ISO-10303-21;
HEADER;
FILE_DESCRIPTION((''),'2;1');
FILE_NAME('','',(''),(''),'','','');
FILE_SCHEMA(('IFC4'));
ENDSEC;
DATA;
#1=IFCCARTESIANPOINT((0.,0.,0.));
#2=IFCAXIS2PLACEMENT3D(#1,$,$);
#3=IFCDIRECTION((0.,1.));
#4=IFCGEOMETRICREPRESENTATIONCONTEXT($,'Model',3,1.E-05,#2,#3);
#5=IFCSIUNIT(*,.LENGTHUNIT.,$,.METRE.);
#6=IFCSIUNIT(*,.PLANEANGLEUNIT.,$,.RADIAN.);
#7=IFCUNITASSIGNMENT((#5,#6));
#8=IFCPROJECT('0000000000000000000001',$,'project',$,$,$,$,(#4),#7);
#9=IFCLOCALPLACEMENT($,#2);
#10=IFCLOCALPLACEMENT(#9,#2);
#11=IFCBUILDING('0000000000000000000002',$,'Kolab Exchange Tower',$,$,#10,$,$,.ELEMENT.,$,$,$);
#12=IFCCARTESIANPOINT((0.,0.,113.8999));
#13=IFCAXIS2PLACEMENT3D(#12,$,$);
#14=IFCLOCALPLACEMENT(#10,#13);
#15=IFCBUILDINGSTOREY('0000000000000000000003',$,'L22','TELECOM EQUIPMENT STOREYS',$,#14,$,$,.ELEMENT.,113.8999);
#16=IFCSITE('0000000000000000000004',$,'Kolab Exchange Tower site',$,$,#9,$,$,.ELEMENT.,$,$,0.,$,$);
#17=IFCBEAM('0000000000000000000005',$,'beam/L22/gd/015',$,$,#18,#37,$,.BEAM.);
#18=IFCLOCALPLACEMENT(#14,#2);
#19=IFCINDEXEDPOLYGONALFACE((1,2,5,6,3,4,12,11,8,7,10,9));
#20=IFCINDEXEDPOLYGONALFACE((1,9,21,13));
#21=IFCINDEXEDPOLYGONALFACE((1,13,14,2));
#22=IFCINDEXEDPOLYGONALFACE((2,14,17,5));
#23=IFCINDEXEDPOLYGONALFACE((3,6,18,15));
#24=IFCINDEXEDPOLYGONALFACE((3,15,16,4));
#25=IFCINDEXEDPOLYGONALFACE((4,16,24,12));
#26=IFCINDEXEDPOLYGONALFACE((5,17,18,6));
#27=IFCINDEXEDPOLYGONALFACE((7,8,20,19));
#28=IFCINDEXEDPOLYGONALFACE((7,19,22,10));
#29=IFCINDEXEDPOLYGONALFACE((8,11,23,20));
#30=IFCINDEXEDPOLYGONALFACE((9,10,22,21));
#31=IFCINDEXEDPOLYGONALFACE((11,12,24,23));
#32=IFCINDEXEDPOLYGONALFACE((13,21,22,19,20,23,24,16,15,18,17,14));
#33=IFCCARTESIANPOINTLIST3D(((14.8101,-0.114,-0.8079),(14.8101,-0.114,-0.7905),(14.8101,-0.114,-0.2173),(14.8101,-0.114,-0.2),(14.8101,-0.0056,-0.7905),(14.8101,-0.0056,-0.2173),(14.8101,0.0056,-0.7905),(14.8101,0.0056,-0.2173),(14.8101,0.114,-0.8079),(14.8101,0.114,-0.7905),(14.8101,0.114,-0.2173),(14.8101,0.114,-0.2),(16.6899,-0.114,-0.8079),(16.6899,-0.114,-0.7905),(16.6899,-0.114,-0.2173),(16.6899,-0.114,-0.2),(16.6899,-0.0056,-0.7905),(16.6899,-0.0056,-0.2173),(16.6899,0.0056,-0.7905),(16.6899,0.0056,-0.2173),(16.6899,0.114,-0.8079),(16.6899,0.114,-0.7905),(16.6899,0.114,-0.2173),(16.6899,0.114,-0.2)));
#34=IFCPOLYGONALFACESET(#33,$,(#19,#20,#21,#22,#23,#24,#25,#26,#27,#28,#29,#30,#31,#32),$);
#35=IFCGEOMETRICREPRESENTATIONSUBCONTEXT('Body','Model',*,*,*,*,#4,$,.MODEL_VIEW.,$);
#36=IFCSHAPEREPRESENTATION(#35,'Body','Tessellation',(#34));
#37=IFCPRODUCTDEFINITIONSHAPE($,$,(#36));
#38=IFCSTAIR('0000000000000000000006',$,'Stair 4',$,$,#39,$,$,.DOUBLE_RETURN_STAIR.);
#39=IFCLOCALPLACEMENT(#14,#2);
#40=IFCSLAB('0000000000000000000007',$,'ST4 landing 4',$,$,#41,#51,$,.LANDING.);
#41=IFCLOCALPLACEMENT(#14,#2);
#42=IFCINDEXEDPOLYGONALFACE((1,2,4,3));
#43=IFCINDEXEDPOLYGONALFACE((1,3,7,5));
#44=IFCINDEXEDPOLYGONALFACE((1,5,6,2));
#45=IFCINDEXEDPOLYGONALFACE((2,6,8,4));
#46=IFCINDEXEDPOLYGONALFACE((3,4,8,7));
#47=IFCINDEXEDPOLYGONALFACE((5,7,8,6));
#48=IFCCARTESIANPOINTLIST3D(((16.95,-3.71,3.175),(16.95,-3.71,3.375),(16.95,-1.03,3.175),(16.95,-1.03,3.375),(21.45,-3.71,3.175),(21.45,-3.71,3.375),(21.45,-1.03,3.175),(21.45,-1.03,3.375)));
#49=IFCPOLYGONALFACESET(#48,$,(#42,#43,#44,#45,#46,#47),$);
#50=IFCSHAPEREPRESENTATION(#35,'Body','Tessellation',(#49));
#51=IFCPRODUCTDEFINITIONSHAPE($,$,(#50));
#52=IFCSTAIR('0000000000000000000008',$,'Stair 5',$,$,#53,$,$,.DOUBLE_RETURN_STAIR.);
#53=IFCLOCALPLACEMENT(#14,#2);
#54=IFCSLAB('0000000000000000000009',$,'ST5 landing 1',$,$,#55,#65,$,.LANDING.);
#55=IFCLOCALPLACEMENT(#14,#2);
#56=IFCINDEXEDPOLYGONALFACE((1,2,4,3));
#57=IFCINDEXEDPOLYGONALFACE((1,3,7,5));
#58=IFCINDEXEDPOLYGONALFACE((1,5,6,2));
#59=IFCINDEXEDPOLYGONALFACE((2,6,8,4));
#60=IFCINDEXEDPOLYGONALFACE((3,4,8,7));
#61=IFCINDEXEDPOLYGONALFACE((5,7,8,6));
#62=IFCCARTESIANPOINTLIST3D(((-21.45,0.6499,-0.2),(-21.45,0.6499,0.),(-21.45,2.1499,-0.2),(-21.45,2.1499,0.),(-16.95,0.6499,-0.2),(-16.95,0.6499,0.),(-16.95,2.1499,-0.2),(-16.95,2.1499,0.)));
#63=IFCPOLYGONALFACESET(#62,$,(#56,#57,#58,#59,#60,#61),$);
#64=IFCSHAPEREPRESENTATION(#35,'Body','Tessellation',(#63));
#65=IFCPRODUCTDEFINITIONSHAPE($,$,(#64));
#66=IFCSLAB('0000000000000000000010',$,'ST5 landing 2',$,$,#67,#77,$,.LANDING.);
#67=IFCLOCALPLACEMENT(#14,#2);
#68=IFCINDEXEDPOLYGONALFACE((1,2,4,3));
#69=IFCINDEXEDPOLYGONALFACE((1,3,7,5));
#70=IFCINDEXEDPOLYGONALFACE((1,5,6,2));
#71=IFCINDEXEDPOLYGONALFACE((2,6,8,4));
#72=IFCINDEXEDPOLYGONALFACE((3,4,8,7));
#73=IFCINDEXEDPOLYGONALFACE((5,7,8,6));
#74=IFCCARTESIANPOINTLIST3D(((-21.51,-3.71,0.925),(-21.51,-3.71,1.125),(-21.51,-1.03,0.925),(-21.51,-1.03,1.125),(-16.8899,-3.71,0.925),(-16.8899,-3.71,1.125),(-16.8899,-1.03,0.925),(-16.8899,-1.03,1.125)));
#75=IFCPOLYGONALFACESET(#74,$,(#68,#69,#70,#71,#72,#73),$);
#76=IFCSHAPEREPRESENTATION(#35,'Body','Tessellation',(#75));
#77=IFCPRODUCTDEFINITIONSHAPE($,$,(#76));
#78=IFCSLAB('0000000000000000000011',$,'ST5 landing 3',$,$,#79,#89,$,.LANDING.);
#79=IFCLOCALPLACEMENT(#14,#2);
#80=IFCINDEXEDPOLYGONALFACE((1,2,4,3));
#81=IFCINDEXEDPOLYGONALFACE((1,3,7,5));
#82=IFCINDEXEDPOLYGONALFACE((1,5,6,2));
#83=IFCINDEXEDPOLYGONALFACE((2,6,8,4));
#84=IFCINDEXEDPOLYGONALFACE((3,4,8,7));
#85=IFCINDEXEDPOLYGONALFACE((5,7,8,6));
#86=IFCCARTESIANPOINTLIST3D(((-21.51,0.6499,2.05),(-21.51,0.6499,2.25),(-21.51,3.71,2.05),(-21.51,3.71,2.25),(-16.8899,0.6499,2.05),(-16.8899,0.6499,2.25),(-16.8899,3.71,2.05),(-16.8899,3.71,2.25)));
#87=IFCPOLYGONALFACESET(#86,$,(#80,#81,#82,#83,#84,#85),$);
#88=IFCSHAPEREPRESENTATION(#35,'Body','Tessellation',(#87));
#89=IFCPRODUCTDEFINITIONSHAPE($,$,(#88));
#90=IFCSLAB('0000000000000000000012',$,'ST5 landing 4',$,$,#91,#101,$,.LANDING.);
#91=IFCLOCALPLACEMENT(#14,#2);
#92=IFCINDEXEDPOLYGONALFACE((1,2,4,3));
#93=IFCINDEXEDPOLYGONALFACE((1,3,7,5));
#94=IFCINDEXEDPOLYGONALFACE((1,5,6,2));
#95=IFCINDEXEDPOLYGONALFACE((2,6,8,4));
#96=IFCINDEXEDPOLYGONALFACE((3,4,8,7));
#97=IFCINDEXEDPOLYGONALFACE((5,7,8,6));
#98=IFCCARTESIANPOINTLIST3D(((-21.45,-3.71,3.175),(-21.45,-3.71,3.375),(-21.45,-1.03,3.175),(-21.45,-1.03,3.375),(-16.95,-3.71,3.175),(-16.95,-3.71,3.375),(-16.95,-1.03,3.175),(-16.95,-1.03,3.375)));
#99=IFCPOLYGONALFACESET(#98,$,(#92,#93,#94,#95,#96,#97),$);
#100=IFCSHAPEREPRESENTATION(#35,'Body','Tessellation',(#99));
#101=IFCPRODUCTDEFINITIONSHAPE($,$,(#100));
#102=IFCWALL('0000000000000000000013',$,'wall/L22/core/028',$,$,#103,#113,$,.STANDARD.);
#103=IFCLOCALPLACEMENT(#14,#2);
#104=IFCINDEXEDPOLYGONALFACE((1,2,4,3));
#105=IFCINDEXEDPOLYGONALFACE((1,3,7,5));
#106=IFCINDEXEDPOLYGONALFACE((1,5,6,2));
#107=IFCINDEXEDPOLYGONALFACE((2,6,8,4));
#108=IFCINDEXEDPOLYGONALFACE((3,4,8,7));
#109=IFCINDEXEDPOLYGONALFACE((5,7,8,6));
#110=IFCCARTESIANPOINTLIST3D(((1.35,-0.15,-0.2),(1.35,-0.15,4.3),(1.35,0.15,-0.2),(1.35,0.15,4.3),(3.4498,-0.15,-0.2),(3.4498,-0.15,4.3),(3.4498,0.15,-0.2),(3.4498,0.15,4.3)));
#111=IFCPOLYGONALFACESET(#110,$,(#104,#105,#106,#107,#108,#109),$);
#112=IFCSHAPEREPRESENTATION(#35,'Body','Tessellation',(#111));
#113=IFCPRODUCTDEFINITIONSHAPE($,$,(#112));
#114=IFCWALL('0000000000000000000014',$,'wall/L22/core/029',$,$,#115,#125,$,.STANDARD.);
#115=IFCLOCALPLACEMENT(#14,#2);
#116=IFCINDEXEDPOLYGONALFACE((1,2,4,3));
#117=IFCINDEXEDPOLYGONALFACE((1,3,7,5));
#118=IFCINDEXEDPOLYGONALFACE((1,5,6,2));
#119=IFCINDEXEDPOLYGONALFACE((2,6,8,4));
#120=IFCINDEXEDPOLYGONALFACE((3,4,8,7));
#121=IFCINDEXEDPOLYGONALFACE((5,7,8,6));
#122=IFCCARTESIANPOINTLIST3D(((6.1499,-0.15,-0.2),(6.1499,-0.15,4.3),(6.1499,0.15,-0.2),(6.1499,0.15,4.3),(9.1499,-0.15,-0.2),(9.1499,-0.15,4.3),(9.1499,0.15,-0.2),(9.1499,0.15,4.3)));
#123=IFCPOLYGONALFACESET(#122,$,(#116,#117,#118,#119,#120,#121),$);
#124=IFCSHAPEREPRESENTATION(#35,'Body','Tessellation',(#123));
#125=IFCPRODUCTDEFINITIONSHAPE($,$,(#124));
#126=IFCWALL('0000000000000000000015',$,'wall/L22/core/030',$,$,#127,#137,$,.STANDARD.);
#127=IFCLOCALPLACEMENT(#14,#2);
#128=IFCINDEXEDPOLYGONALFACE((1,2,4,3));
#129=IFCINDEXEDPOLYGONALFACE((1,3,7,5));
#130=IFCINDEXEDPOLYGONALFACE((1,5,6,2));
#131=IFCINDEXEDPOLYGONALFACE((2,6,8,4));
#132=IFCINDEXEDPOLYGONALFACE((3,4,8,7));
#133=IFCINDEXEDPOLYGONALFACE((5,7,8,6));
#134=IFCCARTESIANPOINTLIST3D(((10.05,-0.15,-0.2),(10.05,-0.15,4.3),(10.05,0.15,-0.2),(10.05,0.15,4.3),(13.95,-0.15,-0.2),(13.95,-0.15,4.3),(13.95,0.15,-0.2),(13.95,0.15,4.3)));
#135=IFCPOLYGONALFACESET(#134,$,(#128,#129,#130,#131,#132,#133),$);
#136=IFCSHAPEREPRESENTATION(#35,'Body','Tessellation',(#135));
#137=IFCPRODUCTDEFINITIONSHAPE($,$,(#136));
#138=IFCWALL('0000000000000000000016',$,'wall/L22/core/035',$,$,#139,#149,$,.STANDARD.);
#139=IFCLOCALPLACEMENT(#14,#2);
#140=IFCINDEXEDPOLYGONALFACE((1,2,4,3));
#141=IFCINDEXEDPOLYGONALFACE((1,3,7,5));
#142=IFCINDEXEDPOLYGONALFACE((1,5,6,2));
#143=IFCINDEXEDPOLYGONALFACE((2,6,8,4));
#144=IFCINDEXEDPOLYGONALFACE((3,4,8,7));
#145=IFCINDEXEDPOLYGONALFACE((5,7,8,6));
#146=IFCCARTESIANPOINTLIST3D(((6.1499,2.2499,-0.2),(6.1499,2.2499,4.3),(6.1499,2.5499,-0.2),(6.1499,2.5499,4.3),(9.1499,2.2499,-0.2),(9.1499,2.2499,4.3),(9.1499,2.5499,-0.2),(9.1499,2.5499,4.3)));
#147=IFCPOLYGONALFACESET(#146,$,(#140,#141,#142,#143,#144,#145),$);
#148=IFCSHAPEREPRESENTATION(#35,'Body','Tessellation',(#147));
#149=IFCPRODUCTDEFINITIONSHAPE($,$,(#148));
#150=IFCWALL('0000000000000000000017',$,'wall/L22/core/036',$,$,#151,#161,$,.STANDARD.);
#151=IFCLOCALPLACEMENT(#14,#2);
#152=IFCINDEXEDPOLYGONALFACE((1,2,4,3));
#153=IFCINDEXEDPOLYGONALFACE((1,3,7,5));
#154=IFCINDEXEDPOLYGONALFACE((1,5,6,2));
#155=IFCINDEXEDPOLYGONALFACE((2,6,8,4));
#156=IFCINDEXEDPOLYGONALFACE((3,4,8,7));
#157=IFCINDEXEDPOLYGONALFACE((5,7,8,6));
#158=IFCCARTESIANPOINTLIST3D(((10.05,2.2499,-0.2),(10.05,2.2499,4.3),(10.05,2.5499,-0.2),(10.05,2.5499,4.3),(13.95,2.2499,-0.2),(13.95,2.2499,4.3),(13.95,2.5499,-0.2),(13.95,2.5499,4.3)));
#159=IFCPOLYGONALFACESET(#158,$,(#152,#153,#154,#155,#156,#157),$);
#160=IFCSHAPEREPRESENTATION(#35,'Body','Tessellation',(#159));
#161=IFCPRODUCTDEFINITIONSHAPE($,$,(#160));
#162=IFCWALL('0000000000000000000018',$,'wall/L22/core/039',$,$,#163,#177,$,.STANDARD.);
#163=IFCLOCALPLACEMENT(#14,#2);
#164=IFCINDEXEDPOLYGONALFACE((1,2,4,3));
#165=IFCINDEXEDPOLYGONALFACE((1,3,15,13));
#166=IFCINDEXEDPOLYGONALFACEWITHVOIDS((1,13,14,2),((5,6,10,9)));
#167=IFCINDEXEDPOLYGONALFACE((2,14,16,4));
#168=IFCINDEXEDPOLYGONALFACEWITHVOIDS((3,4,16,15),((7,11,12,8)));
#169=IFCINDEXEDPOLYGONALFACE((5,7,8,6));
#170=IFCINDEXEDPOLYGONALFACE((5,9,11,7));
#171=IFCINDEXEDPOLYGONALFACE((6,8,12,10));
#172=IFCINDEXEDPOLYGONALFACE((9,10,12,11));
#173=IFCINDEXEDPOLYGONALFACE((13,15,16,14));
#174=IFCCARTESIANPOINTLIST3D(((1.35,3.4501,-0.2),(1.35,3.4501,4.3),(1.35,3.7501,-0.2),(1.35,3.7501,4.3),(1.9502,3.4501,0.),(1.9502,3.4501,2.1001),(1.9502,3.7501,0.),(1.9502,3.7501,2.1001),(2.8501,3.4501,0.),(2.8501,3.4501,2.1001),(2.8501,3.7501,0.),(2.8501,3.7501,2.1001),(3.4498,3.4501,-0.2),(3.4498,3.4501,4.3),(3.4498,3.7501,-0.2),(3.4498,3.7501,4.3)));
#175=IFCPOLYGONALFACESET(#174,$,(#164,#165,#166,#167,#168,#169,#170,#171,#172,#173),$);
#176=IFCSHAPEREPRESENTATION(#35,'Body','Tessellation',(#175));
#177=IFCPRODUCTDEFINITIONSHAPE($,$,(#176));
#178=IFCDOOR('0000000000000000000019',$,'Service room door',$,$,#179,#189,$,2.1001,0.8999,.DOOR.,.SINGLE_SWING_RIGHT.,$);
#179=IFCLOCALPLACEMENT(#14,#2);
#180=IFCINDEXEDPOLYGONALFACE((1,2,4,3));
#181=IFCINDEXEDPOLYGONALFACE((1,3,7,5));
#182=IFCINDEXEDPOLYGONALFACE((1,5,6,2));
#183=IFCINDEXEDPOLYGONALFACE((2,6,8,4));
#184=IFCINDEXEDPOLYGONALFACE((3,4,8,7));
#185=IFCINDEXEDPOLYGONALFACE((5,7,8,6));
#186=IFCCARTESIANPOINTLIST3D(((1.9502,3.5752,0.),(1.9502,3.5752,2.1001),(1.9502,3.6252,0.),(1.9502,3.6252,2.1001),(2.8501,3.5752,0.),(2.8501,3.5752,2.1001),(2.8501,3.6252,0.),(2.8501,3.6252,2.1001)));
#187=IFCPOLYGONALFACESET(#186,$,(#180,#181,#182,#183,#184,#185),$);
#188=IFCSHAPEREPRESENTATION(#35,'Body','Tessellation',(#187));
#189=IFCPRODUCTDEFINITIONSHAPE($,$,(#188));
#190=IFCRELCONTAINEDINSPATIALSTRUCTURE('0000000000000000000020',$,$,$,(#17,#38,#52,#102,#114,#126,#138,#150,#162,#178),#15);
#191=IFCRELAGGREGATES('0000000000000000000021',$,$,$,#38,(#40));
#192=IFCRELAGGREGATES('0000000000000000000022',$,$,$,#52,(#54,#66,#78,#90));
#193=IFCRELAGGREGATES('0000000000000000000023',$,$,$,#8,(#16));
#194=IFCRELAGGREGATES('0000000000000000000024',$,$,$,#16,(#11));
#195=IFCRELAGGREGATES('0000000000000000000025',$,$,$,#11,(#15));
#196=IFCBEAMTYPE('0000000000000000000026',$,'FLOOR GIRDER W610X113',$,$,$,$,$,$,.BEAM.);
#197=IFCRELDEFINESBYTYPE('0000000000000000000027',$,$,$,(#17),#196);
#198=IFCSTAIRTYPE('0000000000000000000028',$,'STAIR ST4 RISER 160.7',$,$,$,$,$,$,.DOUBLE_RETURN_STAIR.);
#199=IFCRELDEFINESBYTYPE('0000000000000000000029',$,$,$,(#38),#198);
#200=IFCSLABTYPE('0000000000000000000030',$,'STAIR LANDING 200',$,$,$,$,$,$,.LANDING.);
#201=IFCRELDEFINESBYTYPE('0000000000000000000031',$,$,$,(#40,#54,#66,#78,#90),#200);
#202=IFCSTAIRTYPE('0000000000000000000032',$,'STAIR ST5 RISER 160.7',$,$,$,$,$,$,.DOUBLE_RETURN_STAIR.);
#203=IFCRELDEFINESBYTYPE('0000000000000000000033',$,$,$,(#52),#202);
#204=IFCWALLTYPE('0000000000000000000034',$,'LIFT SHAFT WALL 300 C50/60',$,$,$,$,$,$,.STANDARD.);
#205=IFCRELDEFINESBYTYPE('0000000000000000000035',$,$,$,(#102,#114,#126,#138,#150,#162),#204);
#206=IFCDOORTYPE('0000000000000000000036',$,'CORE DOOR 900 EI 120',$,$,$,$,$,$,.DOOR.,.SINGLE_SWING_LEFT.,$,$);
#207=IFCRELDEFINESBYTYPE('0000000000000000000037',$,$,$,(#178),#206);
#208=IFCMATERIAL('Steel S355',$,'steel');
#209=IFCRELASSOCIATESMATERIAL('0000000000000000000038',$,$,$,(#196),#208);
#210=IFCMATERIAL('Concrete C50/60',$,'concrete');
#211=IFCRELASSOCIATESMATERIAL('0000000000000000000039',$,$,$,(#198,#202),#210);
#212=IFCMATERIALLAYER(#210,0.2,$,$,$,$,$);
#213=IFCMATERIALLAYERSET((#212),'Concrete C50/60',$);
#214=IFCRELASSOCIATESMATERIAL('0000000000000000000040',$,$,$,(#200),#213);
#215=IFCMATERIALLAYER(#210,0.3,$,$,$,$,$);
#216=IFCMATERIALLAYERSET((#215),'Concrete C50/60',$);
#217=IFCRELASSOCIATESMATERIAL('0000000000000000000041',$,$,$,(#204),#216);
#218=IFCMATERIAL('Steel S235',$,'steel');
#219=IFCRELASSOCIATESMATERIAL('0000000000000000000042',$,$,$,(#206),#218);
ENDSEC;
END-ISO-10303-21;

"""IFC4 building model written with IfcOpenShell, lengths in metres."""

from ifc_helpers import new_model, si_unit, direction, frame, frame_2d, origin, origin_2d, place, context, subcontext, project, spatial, polyline, rectangle, i_section, outline, extrude, material, layer, layer_set, material_profile, profile_set, type_object, element, fill, aggregate, save


model = new_model("IFC4")

# Units and contexts
model_context = context("Model", 3, precision=1e-05, world=origin(), true_north=direction((0.0, 1.0)))
body_context = subcontext(model_context, "Body", "Model", "MODEL_VIEW")
ifc_project = project(units=[si_unit("LENGTHUNIT", "METRE"), si_unit("PLANEANGLEUNIT", "RADIAN")], contexts=[model_context])

# Site, building, storey
site_placement = place(None, origin())
site = spatial("IfcSite", under=ifc_project, at=site_placement, Name="Kolab Exchange Tower site", CompositionType="ELEMENT", RefElevation=0.0)
building_placement = place(site_placement, origin())
building = spatial("IfcBuilding", under=site, at=building_placement, Name="Kolab Exchange Tower", CompositionType="ELEMENT")
storey_placement = place(building_placement, frame((0.0, 0.0, 113.8999)))
storey = spatial("IfcBuildingStorey", under=building, at=storey_placement, Name="L22", Description="TELECOM EQUIPMENT STOREYS", CompositionType="ELEMENT", Elevation=113.8999)

# Beam
ifc_material_1 = material(Name="Steel S355", Category="steel")
ifc_material_profile = material_profile(ifc_material_1, i_section(OverallWidth=0.228, OverallDepth=0.6079, WebThickness=0.0112, FlangeThickness=0.0173, at=origin_2d()), Name="W610X113")
ifc_profile_set = profile_set([ifc_material_profile], Name="Steel S355")
beam_type = type_object("IfcBeamType", Name="FLOOR GIRDER W610X113", PredefinedType="BEAM", material=ifc_profile_set)
beam_placement = place(storey_placement, frame((14.8101, 0.0, -0.5039), z_axis=(1.0, 0.0, 0.0), x_axis=(0.0, 1.0, 0.0)))
element("IfcBeam", 1, at=beam_placement, inside=storey, type_object=beam_type, Name="beam/L22/gd/015", PredefinedType="BEAM", context=body_context, shape_type="SweptSolid", body=[
    extrude(i_section(OverallWidth=0.228, OverallDepth=0.6079, WebThickness=0.0112, FlangeThickness=0.0173, at=origin_2d()), origin(), (0.0, 0.0, 1.0), 1.8799),
])

# Stair, slab
ifc_material_2 = material(Name="Concrete C50/60", Category="concrete")
stair_type_1 = type_object("IfcStairType", Name="STAIR ST4 RISER 160.7", PredefinedType="DOUBLE_RETURN_STAIR", material=ifc_material_2)
stair_1_placement = place(storey_placement, origin())
stair_1 = element("IfcStair", 2, at=stair_1_placement, inside=storey, type_object=stair_type_1, Name="Stair 4", PredefinedType="DOUBLE_RETURN_STAIR")
ifc_layer_1 = layer(ifc_material_2, 0.2)
ifc_layer_set_1 = layer_set([ifc_layer_1], Name="Concrete C50/60")
slab_type = type_object("IfcSlabType", Name="STAIR LANDING 200", PredefinedType="LANDING", material=ifc_layer_set_1)
slab_1_placement = place(storey_placement, frame((0.0, 0.0, 3.175)))
slab_1 = element("IfcSlab", 3, at=slab_1_placement, type_object=slab_type, Name="ST4 landing 4", PredefinedType="LANDING", context=body_context, shape_type="SweptSolid", body=[
    extrude(outline(polyline([(16.95, -3.71), (21.45, -3.71), (21.45, -1.03), (16.95, -1.03), (16.95, -3.71)])), origin(), (0.0, 0.0, 1.0), 0.2),
])
aggregate(stair_1, [slab_1])

# Stair, slabs
stair_type_2 = type_object("IfcStairType", Name="STAIR ST5 RISER 160.7", PredefinedType="DOUBLE_RETURN_STAIR", material=ifc_material_2)
stair_2_placement = place(storey_placement, origin())
stair_2 = element("IfcStair", 4, at=stair_2_placement, inside=storey, type_object=stair_type_2, Name="Stair 5", PredefinedType="DOUBLE_RETURN_STAIR")
slab_2_placement = place(storey_placement, frame((0.0, 0.0, -0.2)))
slab_2 = element("IfcSlab", 5, at=slab_2_placement, type_object=slab_type, Name="ST5 landing 1", PredefinedType="LANDING", context=body_context, shape_type="SweptSolid", body=[
    extrude(outline(polyline([(-21.45, 0.6499), (-16.95, 0.6499), (-16.95, 2.1499), (-21.45, 2.1499), (-21.45, 0.6499)])), origin(), (0.0, 0.0, 1.0), 0.2),
])
slab_3_placement = place(storey_placement, frame((0.0, 0.0, 0.925)))
slab_3 = element("IfcSlab", 6, at=slab_3_placement, type_object=slab_type, Name="ST5 landing 2", PredefinedType="LANDING", context=body_context, shape_type="SweptSolid", body=[
    extrude(outline(polyline([(-21.51, -3.71), (-16.8899, -3.71), (-16.8899, -1.03), (-21.51, -1.03), (-21.51, -3.71)])), origin(), (0.0, 0.0, 1.0), 0.2),
])
slab_4_placement = place(storey_placement, frame((0.0, 0.0, 2.05)))
slab_4 = element("IfcSlab", 7, at=slab_4_placement, type_object=slab_type, Name="ST5 landing 3", PredefinedType="LANDING", context=body_context, shape_type="SweptSolid", body=[
    extrude(outline(polyline([(-21.51, 0.6499), (-16.8899, 0.6499), (-16.8899, 3.71), (-21.51, 3.71), (-21.51, 0.6499)])), origin(), (0.0, 0.0, 1.0), 0.2),
])
slab_5_placement = place(storey_placement, frame((0.0, 0.0, 3.175)))
slab_5 = element("IfcSlab", 8, at=slab_5_placement, type_object=slab_type, Name="ST5 landing 4", PredefinedType="LANDING", context=body_context, shape_type="SweptSolid", body=[
    extrude(outline(polyline([(-21.45, -3.71), (-16.95, -3.71), (-16.95, -1.03), (-21.45, -1.03), (-21.45, -3.71)])), origin(), (0.0, 0.0, 1.0), 0.2),
])
aggregate(stair_2, [slab_2, slab_3, slab_4, slab_5])

# Walls
ifc_layer_2 = layer(ifc_material_2, 0.3)
ifc_layer_set_2 = layer_set([ifc_layer_2], Name="Concrete C50/60")
wall_type_1 = type_object("IfcWallType", Name="LIFT SHAFT WALL 300 C50/60", PredefinedType="STANDARD", material=ifc_layer_set_2)
wall_1_placement = place(storey_placement, frame((1.3501, 0.0, -0.2), z_axis=(0.0, 0.0, 1.0), x_axis=(1.0, 0.0, 0.0)))
element("IfcWall", 9, at=wall_1_placement, inside=storey, type_object=wall_type_1, Name="wall/L22/core/028", PredefinedType="STANDARD", context=body_context, shape_type="SweptSolid", body=[
    extrude(rectangle(XDim=2.0999, YDim=0.3, at=frame_2d((1.0498, 0.0))), origin(), (0.0, 0.0, 1.0), 4.5),
])
wall_2_placement = place(storey_placement, frame((6.1499, 0.0, -0.2), z_axis=(0.0, 0.0, 1.0), x_axis=(1.0, 0.0, 0.0)))
element("IfcWall", 10, at=wall_2_placement, inside=storey, type_object=wall_type_1, Name="wall/L22/core/029", PredefinedType="STANDARD", context=body_context, shape_type="SweptSolid", body=[
    extrude(rectangle(XDim=3.0, YDim=0.3, at=frame_2d((1.5, 0.0))), origin(), (0.0, 0.0, 1.0), 4.5),
])
wall_3_placement = place(storey_placement, frame((10.05, 0.0, -0.2), z_axis=(0.0, 0.0, 1.0), x_axis=(1.0, 0.0, 0.0)))
element("IfcWall", 11, at=wall_3_placement, inside=storey, type_object=wall_type_1, Name="wall/L22/core/030", PredefinedType="STANDARD", context=body_context, shape_type="SweptSolid", body=[
    extrude(rectangle(XDim=3.8999, YDim=0.3, at=frame_2d((1.95, 0.0))), origin(), (0.0, 0.0, 1.0), 4.5),
])
wall_4_placement = place(storey_placement, frame((6.1499, 2.3999, -0.2), z_axis=(0.0, 0.0, 1.0), x_axis=(1.0, 0.0, 0.0)))
element("IfcWall", 12, at=wall_4_placement, inside=storey, type_object=wall_type_1, Name="wall/L22/core/035", PredefinedType="STANDARD", context=body_context, shape_type="SweptSolid", body=[
    extrude(rectangle(XDim=3.0, YDim=0.3, at=frame_2d((1.5, 0.0))), origin(), (0.0, 0.0, 1.0), 4.5),
])
wall_5_placement = place(storey_placement, frame((10.05, 2.3999, -0.2), z_axis=(0.0, 0.0, 1.0), x_axis=(1.0, 0.0, 0.0)))
element("IfcWall", 13, at=wall_5_placement, inside=storey, type_object=wall_type_1, Name="wall/L22/core/036", PredefinedType="STANDARD", context=body_context, shape_type="SweptSolid", body=[
    extrude(rectangle(XDim=3.8999, YDim=0.3, at=frame_2d((1.95, 0.0))), origin(), (0.0, 0.0, 1.0), 4.5),
])

# Wall, opening, door
wall_6_placement = place(storey_placement, frame((1.3501, 3.6001, -0.2), z_axis=(0.0, 0.0, 1.0), x_axis=(1.0, 0.0, 0.0)))
wall_6 = element("IfcWall", 14, at=wall_6_placement, inside=storey, type_object=wall_type_1, Name="wall/L22/core/039", PredefinedType="STANDARD", context=body_context, shape_type="SweptSolid", body=[
    extrude(rectangle(XDim=2.0999, YDim=0.3, at=frame_2d((1.0498, 0.0))), origin(), (0.0, 0.0, 1.0), 4.5),
])
opening_1_placement = place(wall_6_placement, frame((0.6001, 0.0, 0.2)))
opening_1 = element("IfcOpeningElement", 15, at=opening_1_placement, cuts=wall_6, PredefinedType="OPENING", context=body_context, shape_type="SweptSolid", body=[
    extrude(rectangle(XDim=0.8999, YDim=2.1001, at=frame_2d((0.45, 1.05))), frame((0.0, 0.1602, 0.0), z_axis=(0.0, -1.0, 0.0), x_axis=(1.0, 0.0, 0.0)), (0.0, 0.0, 1.0), 0.3201),
])
ifc_material_3 = material(Name="Steel S235", Category="steel")
door_type_1 = type_object("IfcDoorType", Name="CORE DOOR 900 EI 120", OperationType="SINGLE_SWING_LEFT", PredefinedType="DOOR", material=ifc_material_3)
door_1_placement = place(opening_1_placement, frame((0.8999, 0.0, 0.0), z_axis=(0.0, 0.0, 1.0), x_axis=(-1.0, 0.0, 0.0)))
door_1 = element("IfcDoor", 16, at=door_1_placement, inside=storey, type_object=door_type_1, Name="Service room door", OperationType="SINGLE_SWING_RIGHT", OverallHeight=2.1001, OverallWidth=0.8999, PredefinedType="DOOR", context=body_context, shape_type="SweptSolid", body=[
    extrude(rectangle(XDim=0.8999, YDim=2.1001, at=frame_2d((0.45, 1.05))), frame((0.0, 0.0249, 0.0), z_axis=(0.0, -1.0, 0.0), x_axis=(1.0, 0.0, 0.0)), (0.0, 0.0, 1.0), 0.05),
])
fill(opening_1, door_1)

save(model, "model.ifc")
